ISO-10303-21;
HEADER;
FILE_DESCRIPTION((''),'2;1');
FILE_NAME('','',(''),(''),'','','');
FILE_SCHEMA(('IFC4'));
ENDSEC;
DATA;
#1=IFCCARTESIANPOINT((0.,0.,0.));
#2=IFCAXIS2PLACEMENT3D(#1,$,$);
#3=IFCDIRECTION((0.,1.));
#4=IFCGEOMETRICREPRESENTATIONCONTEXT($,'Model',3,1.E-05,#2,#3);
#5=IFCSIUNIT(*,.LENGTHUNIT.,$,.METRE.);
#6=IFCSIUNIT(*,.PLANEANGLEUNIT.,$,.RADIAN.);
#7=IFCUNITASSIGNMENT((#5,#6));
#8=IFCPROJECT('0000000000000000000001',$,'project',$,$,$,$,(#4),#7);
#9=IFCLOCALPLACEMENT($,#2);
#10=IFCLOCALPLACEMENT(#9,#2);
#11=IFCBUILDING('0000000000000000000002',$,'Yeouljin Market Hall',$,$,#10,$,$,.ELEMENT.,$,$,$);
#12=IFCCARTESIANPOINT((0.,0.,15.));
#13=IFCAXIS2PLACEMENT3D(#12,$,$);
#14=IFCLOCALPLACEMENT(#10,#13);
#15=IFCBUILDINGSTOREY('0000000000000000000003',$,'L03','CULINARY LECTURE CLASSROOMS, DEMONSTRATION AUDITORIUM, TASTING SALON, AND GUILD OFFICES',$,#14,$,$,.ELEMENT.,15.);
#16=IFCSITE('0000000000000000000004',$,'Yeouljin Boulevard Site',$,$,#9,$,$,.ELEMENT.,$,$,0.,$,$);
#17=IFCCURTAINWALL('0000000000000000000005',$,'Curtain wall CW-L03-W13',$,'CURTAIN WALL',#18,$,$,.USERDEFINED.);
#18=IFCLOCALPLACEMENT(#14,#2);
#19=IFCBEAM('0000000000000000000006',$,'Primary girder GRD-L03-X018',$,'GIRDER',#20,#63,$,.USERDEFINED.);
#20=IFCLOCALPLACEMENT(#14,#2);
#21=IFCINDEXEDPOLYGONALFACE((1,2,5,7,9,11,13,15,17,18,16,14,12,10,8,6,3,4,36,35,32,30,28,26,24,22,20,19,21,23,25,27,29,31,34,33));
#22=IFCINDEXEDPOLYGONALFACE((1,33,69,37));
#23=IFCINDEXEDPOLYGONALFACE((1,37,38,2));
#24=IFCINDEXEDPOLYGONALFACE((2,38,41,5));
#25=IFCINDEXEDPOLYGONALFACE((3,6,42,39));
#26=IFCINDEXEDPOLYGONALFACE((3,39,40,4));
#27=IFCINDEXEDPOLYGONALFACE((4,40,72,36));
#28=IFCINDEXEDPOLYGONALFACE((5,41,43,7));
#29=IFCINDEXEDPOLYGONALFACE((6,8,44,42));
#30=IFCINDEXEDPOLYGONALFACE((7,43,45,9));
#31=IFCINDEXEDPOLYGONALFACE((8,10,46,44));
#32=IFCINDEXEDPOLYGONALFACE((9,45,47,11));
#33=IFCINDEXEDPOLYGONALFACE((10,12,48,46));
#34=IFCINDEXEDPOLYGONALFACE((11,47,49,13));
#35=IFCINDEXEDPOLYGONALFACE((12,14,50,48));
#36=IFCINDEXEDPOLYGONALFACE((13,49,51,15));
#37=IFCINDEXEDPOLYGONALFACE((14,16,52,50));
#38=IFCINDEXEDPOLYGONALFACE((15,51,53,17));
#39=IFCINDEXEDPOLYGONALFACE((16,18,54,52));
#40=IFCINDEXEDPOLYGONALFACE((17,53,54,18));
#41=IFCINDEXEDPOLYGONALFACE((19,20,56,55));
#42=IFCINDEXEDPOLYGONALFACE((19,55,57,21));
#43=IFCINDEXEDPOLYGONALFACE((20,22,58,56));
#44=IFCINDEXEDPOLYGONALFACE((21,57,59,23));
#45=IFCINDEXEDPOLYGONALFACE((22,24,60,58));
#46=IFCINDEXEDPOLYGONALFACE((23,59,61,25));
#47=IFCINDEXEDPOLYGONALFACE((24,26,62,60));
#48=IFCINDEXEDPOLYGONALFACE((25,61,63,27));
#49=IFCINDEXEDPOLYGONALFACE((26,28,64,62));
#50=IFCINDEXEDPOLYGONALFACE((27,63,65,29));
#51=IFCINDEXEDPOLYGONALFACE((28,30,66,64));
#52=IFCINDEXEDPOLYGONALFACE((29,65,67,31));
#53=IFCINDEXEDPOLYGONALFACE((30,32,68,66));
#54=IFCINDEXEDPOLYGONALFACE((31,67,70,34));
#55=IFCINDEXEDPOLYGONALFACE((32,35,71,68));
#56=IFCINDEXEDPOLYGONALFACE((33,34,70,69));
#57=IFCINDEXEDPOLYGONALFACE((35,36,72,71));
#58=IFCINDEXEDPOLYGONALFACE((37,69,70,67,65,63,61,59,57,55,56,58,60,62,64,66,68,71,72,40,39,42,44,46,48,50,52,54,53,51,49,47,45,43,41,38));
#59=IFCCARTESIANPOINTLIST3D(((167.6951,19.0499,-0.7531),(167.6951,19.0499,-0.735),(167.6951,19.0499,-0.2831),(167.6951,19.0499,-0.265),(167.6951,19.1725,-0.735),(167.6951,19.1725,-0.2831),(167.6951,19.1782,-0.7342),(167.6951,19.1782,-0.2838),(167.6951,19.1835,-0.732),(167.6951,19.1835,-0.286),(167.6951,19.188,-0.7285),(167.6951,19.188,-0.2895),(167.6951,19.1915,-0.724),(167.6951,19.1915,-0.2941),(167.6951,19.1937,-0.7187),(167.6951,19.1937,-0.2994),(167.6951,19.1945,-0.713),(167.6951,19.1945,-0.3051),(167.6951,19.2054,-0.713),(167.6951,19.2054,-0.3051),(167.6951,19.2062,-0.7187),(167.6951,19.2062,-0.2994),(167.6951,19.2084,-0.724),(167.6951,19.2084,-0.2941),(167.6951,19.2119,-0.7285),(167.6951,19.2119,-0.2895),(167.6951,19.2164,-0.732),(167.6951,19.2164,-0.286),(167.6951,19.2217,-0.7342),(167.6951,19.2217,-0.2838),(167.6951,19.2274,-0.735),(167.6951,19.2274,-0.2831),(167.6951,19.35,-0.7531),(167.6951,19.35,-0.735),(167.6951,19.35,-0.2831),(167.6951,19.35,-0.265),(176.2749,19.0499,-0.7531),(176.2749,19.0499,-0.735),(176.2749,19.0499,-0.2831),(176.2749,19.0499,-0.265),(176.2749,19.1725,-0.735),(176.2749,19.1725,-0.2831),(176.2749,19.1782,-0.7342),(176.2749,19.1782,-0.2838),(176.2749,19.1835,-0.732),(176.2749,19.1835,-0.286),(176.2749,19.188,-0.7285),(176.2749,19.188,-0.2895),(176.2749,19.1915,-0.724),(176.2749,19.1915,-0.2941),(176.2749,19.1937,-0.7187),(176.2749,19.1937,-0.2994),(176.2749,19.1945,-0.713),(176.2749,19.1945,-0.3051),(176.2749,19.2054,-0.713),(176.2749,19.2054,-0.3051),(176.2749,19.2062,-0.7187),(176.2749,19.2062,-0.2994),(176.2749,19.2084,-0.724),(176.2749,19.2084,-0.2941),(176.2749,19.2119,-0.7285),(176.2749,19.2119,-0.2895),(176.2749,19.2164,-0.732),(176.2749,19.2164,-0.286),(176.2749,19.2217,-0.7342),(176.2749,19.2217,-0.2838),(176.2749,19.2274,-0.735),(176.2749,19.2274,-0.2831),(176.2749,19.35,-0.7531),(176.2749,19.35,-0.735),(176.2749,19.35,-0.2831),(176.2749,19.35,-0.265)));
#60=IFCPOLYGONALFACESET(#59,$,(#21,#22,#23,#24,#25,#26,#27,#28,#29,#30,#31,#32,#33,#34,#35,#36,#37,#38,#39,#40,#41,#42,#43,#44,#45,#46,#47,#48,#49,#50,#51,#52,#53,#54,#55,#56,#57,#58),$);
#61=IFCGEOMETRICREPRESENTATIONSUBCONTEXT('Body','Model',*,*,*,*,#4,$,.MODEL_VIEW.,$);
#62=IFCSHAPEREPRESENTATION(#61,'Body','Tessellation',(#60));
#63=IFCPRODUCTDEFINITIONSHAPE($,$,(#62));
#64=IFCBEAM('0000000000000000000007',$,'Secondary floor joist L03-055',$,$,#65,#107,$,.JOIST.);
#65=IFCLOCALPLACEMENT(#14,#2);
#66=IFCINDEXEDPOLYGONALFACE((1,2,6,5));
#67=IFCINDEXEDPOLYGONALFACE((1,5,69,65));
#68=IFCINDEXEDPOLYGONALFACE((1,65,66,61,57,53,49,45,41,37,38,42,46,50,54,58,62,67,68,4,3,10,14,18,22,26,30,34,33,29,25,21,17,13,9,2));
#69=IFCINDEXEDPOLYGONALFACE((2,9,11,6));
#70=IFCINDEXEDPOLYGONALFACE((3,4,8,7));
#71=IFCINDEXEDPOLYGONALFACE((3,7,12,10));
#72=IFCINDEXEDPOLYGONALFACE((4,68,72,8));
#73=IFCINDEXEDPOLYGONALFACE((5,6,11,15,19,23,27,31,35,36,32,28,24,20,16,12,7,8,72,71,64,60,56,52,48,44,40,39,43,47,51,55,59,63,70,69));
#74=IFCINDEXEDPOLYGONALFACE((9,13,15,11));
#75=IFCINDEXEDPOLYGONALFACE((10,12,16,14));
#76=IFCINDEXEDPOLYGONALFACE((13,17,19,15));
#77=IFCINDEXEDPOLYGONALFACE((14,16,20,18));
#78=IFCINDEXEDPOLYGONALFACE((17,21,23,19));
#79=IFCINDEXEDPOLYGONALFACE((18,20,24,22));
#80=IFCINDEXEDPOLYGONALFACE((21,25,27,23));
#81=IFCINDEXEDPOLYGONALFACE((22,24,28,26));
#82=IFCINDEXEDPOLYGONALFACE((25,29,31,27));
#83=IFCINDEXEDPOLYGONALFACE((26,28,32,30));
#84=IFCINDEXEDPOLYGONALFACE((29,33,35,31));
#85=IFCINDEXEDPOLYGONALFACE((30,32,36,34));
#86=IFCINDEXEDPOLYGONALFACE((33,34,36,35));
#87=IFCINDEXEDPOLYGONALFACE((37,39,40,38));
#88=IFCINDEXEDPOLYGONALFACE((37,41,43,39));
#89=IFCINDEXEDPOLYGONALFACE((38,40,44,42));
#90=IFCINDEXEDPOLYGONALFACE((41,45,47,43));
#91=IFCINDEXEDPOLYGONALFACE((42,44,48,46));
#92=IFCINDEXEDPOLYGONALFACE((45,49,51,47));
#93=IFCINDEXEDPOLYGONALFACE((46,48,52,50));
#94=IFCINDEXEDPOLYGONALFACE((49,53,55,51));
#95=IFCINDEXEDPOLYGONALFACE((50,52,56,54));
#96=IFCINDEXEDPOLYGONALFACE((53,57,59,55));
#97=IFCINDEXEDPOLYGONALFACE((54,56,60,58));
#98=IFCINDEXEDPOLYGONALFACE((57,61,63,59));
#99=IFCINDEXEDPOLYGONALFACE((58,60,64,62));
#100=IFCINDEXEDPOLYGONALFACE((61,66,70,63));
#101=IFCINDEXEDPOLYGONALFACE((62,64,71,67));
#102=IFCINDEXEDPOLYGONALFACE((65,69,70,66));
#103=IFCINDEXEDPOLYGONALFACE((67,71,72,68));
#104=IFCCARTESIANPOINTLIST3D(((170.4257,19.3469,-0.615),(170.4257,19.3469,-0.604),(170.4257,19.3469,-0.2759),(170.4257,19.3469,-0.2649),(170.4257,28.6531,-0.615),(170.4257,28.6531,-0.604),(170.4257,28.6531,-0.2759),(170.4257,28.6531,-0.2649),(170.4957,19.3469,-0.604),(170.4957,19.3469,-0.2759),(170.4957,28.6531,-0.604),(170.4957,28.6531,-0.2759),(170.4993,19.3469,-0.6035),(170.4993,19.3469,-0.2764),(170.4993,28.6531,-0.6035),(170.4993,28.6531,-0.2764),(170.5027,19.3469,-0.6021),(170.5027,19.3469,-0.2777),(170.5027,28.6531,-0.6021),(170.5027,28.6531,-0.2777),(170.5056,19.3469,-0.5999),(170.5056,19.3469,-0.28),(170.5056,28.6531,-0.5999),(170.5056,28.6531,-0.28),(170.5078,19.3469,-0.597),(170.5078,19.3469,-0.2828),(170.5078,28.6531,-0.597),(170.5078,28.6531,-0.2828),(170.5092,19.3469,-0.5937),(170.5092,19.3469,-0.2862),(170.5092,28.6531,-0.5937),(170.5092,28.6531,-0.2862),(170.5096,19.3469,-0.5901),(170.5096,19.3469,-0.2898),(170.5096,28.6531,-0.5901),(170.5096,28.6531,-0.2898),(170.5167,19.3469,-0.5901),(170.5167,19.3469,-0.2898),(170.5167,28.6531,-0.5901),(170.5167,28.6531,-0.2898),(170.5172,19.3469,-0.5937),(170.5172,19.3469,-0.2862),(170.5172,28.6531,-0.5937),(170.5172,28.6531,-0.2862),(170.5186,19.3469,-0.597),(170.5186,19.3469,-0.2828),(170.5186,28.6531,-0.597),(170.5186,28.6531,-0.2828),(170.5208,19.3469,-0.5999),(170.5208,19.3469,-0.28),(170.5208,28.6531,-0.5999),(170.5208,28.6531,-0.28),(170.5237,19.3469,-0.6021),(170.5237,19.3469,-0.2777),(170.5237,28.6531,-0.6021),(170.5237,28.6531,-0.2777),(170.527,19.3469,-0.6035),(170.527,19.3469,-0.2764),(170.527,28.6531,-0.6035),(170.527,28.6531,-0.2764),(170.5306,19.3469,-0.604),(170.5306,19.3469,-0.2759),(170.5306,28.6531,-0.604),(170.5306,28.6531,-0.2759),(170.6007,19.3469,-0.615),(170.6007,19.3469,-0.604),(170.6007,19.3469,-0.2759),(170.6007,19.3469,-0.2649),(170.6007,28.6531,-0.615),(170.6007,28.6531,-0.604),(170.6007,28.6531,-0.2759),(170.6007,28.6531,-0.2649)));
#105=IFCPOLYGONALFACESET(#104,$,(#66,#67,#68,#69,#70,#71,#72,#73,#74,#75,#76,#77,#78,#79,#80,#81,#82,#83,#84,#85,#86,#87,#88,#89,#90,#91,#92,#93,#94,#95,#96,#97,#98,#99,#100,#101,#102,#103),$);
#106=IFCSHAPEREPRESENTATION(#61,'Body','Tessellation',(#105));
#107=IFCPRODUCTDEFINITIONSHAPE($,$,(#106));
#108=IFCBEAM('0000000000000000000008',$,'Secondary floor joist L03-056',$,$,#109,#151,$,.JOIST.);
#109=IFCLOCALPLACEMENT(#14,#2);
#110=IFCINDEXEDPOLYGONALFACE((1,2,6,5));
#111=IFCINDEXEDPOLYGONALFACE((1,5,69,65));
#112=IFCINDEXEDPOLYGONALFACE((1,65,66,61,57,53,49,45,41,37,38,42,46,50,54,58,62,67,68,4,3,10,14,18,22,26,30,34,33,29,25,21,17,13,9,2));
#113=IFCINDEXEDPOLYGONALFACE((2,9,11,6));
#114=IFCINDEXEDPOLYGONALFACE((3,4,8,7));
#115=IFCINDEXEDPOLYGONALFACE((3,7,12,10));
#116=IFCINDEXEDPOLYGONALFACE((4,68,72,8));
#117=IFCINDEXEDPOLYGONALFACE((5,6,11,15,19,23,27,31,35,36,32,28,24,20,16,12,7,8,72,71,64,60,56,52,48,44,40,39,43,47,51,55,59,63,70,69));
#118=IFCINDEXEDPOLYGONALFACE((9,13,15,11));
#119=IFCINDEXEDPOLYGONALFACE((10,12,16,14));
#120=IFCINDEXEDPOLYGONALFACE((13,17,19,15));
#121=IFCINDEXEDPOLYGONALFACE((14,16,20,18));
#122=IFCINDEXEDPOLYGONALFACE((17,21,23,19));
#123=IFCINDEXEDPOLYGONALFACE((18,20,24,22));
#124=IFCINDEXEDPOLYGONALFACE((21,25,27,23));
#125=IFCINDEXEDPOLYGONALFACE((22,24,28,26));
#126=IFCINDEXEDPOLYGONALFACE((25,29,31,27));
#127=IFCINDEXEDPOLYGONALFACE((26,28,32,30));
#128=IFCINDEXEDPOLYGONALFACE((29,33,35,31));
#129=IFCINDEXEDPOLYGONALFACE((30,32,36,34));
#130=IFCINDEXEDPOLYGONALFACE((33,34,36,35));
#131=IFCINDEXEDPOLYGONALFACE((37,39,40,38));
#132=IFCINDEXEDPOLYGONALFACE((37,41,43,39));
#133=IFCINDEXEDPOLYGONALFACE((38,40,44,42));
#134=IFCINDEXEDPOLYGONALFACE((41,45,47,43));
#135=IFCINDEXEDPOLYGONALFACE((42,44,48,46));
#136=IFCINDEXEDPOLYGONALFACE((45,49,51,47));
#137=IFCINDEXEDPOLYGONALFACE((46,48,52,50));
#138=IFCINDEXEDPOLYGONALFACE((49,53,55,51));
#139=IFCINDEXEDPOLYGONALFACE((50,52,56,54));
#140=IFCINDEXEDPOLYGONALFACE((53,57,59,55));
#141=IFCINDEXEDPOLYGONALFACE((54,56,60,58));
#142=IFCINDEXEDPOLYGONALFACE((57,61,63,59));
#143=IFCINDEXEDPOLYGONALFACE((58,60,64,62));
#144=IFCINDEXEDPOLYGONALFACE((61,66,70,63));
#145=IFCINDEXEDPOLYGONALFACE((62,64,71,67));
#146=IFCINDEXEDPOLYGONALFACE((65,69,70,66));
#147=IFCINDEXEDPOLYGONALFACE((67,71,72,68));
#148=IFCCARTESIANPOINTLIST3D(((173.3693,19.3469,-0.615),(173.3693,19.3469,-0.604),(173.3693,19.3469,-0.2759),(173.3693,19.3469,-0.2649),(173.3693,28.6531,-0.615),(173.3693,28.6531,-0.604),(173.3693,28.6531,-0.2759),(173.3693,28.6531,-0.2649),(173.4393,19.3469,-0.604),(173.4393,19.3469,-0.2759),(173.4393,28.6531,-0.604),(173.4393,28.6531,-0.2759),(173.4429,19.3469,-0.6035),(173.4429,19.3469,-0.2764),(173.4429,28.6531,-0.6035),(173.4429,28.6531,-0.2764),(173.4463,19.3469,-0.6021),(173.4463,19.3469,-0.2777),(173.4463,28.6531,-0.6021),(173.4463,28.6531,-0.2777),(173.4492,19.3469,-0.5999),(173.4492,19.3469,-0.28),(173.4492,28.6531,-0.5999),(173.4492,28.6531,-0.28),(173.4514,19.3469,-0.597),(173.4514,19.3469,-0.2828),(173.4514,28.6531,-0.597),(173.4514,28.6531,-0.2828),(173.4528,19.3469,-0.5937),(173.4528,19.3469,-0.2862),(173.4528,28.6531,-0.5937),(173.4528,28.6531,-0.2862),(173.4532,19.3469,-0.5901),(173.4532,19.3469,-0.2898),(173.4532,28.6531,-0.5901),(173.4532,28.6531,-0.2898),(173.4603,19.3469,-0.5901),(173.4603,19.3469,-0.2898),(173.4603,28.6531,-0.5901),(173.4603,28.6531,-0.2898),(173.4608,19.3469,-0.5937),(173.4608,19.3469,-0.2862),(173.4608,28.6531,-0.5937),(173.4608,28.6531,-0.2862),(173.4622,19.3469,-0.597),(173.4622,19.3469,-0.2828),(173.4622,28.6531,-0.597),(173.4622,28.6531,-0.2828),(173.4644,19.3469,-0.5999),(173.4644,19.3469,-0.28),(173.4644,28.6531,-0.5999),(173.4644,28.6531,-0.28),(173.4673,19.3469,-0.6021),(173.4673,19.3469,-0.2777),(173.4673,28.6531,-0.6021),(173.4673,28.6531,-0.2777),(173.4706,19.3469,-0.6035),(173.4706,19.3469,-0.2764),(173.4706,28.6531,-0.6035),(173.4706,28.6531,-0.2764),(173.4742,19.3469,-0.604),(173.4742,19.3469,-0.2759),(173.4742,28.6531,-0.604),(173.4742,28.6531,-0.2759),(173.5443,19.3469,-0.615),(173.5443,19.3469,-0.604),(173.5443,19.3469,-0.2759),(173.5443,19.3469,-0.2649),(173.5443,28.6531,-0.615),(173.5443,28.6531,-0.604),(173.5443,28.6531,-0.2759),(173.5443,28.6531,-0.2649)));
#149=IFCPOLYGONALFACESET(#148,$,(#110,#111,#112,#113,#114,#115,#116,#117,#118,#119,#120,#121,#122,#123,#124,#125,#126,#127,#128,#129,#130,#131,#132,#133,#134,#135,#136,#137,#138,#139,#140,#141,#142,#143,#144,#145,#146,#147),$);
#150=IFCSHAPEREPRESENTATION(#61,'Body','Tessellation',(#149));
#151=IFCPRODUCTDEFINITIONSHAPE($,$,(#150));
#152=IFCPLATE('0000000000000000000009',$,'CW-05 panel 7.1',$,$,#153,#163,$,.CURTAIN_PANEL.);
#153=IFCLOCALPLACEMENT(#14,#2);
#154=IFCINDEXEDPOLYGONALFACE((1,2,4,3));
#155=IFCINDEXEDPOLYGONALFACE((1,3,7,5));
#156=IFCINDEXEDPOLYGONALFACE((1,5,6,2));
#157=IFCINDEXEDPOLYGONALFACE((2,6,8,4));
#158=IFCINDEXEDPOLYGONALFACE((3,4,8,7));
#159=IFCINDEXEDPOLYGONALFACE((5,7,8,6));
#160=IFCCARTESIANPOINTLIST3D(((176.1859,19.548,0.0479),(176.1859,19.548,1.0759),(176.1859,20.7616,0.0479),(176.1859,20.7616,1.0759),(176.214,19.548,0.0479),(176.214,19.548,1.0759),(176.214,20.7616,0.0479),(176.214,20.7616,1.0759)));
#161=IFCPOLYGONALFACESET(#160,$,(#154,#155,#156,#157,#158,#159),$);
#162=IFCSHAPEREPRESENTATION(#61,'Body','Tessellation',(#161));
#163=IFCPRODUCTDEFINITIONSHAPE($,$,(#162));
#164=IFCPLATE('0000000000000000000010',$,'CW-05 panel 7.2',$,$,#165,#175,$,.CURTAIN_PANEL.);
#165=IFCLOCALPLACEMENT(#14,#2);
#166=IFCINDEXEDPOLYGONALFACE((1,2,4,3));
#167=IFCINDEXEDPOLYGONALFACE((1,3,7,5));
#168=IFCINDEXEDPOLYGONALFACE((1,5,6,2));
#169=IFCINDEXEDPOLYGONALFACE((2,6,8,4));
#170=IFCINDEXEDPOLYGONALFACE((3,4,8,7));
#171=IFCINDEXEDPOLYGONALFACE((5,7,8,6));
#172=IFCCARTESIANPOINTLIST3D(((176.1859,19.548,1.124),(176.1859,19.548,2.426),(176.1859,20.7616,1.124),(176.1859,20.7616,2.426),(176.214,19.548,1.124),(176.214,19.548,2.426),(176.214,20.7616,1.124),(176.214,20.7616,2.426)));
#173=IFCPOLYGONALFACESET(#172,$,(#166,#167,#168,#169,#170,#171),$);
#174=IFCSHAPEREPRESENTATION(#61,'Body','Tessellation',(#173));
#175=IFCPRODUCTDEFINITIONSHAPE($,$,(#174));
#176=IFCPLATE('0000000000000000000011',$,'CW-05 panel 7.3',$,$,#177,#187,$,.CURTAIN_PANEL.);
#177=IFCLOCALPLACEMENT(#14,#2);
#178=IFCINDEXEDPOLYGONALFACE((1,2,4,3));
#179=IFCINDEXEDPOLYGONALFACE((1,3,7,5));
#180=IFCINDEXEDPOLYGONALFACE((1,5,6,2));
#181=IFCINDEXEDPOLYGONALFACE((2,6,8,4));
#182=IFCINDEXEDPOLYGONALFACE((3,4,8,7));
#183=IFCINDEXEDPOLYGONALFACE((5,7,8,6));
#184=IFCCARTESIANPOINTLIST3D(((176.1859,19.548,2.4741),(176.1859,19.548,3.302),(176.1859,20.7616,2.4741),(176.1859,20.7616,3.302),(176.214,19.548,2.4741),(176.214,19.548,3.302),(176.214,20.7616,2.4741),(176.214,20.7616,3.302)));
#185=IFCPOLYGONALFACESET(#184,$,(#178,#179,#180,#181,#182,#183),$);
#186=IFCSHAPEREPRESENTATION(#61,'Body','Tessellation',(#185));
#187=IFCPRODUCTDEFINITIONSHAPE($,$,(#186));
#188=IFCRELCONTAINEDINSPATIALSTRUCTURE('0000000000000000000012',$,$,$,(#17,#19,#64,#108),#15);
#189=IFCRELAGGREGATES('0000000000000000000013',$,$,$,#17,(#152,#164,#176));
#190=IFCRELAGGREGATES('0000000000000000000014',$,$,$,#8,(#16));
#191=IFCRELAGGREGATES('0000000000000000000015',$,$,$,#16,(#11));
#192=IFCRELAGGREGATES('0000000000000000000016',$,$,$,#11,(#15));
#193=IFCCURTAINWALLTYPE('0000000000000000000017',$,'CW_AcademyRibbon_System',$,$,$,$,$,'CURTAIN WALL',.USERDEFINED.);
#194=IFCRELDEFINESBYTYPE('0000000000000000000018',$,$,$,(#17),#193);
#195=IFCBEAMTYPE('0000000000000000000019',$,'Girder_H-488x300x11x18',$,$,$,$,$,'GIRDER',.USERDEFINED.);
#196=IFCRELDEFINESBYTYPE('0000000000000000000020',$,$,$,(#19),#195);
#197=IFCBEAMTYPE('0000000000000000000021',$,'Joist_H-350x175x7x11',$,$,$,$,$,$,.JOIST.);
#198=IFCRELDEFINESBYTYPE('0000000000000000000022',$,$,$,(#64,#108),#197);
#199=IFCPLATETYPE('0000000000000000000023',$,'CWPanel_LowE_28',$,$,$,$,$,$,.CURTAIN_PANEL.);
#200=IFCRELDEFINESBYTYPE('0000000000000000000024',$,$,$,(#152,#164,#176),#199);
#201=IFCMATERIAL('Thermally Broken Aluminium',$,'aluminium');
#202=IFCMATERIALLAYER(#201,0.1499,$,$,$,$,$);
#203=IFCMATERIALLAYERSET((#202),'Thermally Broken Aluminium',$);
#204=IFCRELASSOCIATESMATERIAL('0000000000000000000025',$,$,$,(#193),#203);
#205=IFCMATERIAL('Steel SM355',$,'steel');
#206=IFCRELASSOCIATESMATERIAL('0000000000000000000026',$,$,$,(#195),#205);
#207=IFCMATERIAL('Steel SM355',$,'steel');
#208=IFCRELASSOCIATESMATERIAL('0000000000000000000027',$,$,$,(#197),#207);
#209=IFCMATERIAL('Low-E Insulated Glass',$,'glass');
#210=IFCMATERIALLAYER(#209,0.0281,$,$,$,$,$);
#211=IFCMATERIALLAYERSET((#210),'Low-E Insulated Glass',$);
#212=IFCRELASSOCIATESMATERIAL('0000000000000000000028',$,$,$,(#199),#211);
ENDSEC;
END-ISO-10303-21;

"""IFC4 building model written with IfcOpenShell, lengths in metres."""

from ifc_helpers import new_model, si_unit, direction, frame, origin, origin_2d, place, context, subcontext, project, spatial, rectangle, i_section, extrude, material, layer, layer_set, material_profile, profile_set, type_object, element, aggregate, save


model = new_model("IFC4")

# Units and contexts
model_context = context("Model", 3, precision=1e-05, world=origin(), true_north=direction((0.0, 1.0)))
body_context = subcontext(model_context, "Body", "Model", "MODEL_VIEW")
ifc_project = project(units=[si_unit("LENGTHUNIT", "METRE"), si_unit("PLANEANGLEUNIT", "RADIAN")], contexts=[model_context])

# Site, building, storey
site_placement = place(None, origin())
site = spatial("IfcSite", under=ifc_project, at=site_placement, Name="Yeouljin Boulevard Site", CompositionType="ELEMENT", RefElevation=0.0)
building_placement = place(site_placement, origin())
building = spatial("IfcBuilding", under=site, at=building_placement, Name="Yeouljin Market Hall", CompositionType="ELEMENT")
storey_placement = place(building_placement, frame((0.0, 0.0, 15.0)))
storey = spatial("IfcBuildingStorey", under=building, at=storey_placement, Name="L03", Description="CULINARY LECTURE CLASSROOMS, DEMONSTRATION AUDITORIUM, TASTING SALON, AND GUILD OFFICES", CompositionType="ELEMENT", Elevation=15.0)

# Curtain wall
ifc_material_1 = material(Name="Thermally Broken Aluminium", Category="aluminium")
ifc_layer_1 = layer(ifc_material_1, 0.1499)
ifc_layer_set_1 = layer_set([ifc_layer_1], Name="Thermally Broken Aluminium")
curtain_wall_type = type_object("IfcCurtainWallType", Name="CW_AcademyRibbon_System", ElementType="CURTAIN WALL", PredefinedType="USERDEFINED", material=ifc_layer_set_1)
curtain_wall_placement = place(storey_placement, origin())
curtain_wall = element("IfcCurtainWall", 1, at=curtain_wall_placement, inside=storey, type_object=curtain_wall_type, Name="Curtain wall CW-L03-W13", ObjectType="CURTAIN WALL", PredefinedType="USERDEFINED")

# Beams
ifc_material_2 = material(Name="Steel SM355", Category="steel")
ifc_material_profile_1 = material_profile(ifc_material_2, i_section(OverallWidth=0.3, OverallDepth=0.488, WebThickness=0.011, FlangeThickness=0.0181, FilletRadius=0.022, at=origin_2d()), Name="H-488x300x11x18")
ifc_profile_set_1 = profile_set([ifc_material_profile_1], Name="Steel SM355")
beam_type_1 = type_object("IfcBeamType", Name="Girder_H-488x300x11x18", ElementType="GIRDER", PredefinedType="USERDEFINED", material=ifc_profile_set_1)
beam_1_placement = place(storey_placement, frame((167.6951, 19.2, -0.509), z_axis=(1.0, 0.0, 0.0), x_axis=(0.0, 1.0, 0.0)))
element("IfcBeam", 2, at=beam_1_placement, inside=storey, type_object=beam_type_1, Name="Primary girder GRD-L03-X018", ObjectType="GIRDER", PredefinedType="USERDEFINED", context=body_context, shape_type="SweptSolid", body=[
    extrude(i_section(OverallWidth=0.3, OverallDepth=0.488, WebThickness=0.011, FlangeThickness=0.0181, FilletRadius=0.022, at=origin_2d()), origin(), (0.0, 0.0, 1.0), 8.5798),
])
ifc_material_3 = material(Name="Steel SM355", Category="steel")
ifc_material_profile_2 = material_profile(ifc_material_3, i_section(OverallWidth=0.175, OverallDepth=0.3501, WebThickness=0.0071, FlangeThickness=0.011, FilletRadius=0.0139, at=origin_2d()), Name="H-350x175x7x11")
ifc_profile_set_2 = profile_set([ifc_material_profile_2], Name="Steel SM355")
beam_type_2 = type_object("IfcBeamType", Name="Joist_H-350x175x7x11", PredefinedType="JOIST", material=ifc_profile_set_2)
for number, where, z_axis, x_axis, name in (
    (3, (170.5132, 19.3469, -0.4399), (0.0, 1.0, 0.0), (-1.0, 0.0, 0.0), "Secondary floor joist L03-055"),
    (4, (173.4568, 19.3469, -0.4399), (0.0, 1.0, 0.0), (-1.0, 0.0, 0.0), "Secondary floor joist L03-056"),
):
    element("IfcBeam", number, at=place(storey_placement, frame(where, z_axis=z_axis, x_axis=x_axis)), inside=storey, type_object=beam_type_2, Name=name, PredefinedType="JOIST", context=body_context, shape_type="SweptSolid", body=[
        extrude(i_section(OverallWidth=0.175, OverallDepth=0.3501, WebThickness=0.0071, FlangeThickness=0.011, FilletRadius=0.0139, at=origin_2d()), origin(), (0.0, 0.0, 1.0), 9.3062),
    ])

# Plates
ifc_material_4 = material(Name="Low-E Insulated Glass", Category="glass")
ifc_layer_2 = layer(ifc_material_4, 0.0281)
ifc_layer_set_2 = layer_set([ifc_layer_2], Name="Low-E Insulated Glass")
plate_type = type_object("IfcPlateType", Name="CWPanel_LowE_28", PredefinedType="CURTAIN_PANEL", material=ifc_layer_set_2)
plate_1_placement = place(storey_placement, frame((176.2, 20.1548, 0.0479), z_axis=(0.0, 0.0, 1.0), x_axis=(0.0, -1.0, 0.0)))
plate_1 = element("IfcPlate", 5, at=plate_1_placement, type_object=plate_type, Name="CW-05 panel 7.1", PredefinedType="CURTAIN_PANEL", context=body_context, shape_type="SweptSolid", body=[
    extrude(rectangle(XDim=1.2136, YDim=0.0281, at=origin_2d()), origin(), (0.0, 0.0, 1.0), 1.0281),
])
plate_2_placement = place(storey_placement, frame((176.2, 20.1548, 1.124), z_axis=(0.0, 0.0, 1.0), x_axis=(0.0, -1.0, 0.0)))
plate_2 = element("IfcPlate", 6, at=plate_2_placement, type_object=plate_type, Name="CW-05 panel 7.2", PredefinedType="CURTAIN_PANEL", context=body_context, shape_type="SweptSolid", body=[
    extrude(rectangle(XDim=1.2136, YDim=0.0281, at=origin_2d()), origin(), (0.0, 0.0, 1.0), 1.302),
])
plate_3_placement = place(storey_placement, frame((176.2, 20.1548, 2.4741), z_axis=(0.0, 0.0, 1.0), x_axis=(0.0, -1.0, 0.0)))
plate_3 = element("IfcPlate", 7, at=plate_3_placement, type_object=plate_type, Name="CW-05 panel 7.3", PredefinedType="CURTAIN_PANEL", context=body_context, shape_type="SweptSolid", body=[
    extrude(rectangle(XDim=1.2136, YDim=0.0281, at=origin_2d()), origin(), (0.0, 0.0, 1.0), 0.8279),
])
aggregate(curtain_wall, [plate_1, plate_2, plate_3])

save(model, "model.ifc")
